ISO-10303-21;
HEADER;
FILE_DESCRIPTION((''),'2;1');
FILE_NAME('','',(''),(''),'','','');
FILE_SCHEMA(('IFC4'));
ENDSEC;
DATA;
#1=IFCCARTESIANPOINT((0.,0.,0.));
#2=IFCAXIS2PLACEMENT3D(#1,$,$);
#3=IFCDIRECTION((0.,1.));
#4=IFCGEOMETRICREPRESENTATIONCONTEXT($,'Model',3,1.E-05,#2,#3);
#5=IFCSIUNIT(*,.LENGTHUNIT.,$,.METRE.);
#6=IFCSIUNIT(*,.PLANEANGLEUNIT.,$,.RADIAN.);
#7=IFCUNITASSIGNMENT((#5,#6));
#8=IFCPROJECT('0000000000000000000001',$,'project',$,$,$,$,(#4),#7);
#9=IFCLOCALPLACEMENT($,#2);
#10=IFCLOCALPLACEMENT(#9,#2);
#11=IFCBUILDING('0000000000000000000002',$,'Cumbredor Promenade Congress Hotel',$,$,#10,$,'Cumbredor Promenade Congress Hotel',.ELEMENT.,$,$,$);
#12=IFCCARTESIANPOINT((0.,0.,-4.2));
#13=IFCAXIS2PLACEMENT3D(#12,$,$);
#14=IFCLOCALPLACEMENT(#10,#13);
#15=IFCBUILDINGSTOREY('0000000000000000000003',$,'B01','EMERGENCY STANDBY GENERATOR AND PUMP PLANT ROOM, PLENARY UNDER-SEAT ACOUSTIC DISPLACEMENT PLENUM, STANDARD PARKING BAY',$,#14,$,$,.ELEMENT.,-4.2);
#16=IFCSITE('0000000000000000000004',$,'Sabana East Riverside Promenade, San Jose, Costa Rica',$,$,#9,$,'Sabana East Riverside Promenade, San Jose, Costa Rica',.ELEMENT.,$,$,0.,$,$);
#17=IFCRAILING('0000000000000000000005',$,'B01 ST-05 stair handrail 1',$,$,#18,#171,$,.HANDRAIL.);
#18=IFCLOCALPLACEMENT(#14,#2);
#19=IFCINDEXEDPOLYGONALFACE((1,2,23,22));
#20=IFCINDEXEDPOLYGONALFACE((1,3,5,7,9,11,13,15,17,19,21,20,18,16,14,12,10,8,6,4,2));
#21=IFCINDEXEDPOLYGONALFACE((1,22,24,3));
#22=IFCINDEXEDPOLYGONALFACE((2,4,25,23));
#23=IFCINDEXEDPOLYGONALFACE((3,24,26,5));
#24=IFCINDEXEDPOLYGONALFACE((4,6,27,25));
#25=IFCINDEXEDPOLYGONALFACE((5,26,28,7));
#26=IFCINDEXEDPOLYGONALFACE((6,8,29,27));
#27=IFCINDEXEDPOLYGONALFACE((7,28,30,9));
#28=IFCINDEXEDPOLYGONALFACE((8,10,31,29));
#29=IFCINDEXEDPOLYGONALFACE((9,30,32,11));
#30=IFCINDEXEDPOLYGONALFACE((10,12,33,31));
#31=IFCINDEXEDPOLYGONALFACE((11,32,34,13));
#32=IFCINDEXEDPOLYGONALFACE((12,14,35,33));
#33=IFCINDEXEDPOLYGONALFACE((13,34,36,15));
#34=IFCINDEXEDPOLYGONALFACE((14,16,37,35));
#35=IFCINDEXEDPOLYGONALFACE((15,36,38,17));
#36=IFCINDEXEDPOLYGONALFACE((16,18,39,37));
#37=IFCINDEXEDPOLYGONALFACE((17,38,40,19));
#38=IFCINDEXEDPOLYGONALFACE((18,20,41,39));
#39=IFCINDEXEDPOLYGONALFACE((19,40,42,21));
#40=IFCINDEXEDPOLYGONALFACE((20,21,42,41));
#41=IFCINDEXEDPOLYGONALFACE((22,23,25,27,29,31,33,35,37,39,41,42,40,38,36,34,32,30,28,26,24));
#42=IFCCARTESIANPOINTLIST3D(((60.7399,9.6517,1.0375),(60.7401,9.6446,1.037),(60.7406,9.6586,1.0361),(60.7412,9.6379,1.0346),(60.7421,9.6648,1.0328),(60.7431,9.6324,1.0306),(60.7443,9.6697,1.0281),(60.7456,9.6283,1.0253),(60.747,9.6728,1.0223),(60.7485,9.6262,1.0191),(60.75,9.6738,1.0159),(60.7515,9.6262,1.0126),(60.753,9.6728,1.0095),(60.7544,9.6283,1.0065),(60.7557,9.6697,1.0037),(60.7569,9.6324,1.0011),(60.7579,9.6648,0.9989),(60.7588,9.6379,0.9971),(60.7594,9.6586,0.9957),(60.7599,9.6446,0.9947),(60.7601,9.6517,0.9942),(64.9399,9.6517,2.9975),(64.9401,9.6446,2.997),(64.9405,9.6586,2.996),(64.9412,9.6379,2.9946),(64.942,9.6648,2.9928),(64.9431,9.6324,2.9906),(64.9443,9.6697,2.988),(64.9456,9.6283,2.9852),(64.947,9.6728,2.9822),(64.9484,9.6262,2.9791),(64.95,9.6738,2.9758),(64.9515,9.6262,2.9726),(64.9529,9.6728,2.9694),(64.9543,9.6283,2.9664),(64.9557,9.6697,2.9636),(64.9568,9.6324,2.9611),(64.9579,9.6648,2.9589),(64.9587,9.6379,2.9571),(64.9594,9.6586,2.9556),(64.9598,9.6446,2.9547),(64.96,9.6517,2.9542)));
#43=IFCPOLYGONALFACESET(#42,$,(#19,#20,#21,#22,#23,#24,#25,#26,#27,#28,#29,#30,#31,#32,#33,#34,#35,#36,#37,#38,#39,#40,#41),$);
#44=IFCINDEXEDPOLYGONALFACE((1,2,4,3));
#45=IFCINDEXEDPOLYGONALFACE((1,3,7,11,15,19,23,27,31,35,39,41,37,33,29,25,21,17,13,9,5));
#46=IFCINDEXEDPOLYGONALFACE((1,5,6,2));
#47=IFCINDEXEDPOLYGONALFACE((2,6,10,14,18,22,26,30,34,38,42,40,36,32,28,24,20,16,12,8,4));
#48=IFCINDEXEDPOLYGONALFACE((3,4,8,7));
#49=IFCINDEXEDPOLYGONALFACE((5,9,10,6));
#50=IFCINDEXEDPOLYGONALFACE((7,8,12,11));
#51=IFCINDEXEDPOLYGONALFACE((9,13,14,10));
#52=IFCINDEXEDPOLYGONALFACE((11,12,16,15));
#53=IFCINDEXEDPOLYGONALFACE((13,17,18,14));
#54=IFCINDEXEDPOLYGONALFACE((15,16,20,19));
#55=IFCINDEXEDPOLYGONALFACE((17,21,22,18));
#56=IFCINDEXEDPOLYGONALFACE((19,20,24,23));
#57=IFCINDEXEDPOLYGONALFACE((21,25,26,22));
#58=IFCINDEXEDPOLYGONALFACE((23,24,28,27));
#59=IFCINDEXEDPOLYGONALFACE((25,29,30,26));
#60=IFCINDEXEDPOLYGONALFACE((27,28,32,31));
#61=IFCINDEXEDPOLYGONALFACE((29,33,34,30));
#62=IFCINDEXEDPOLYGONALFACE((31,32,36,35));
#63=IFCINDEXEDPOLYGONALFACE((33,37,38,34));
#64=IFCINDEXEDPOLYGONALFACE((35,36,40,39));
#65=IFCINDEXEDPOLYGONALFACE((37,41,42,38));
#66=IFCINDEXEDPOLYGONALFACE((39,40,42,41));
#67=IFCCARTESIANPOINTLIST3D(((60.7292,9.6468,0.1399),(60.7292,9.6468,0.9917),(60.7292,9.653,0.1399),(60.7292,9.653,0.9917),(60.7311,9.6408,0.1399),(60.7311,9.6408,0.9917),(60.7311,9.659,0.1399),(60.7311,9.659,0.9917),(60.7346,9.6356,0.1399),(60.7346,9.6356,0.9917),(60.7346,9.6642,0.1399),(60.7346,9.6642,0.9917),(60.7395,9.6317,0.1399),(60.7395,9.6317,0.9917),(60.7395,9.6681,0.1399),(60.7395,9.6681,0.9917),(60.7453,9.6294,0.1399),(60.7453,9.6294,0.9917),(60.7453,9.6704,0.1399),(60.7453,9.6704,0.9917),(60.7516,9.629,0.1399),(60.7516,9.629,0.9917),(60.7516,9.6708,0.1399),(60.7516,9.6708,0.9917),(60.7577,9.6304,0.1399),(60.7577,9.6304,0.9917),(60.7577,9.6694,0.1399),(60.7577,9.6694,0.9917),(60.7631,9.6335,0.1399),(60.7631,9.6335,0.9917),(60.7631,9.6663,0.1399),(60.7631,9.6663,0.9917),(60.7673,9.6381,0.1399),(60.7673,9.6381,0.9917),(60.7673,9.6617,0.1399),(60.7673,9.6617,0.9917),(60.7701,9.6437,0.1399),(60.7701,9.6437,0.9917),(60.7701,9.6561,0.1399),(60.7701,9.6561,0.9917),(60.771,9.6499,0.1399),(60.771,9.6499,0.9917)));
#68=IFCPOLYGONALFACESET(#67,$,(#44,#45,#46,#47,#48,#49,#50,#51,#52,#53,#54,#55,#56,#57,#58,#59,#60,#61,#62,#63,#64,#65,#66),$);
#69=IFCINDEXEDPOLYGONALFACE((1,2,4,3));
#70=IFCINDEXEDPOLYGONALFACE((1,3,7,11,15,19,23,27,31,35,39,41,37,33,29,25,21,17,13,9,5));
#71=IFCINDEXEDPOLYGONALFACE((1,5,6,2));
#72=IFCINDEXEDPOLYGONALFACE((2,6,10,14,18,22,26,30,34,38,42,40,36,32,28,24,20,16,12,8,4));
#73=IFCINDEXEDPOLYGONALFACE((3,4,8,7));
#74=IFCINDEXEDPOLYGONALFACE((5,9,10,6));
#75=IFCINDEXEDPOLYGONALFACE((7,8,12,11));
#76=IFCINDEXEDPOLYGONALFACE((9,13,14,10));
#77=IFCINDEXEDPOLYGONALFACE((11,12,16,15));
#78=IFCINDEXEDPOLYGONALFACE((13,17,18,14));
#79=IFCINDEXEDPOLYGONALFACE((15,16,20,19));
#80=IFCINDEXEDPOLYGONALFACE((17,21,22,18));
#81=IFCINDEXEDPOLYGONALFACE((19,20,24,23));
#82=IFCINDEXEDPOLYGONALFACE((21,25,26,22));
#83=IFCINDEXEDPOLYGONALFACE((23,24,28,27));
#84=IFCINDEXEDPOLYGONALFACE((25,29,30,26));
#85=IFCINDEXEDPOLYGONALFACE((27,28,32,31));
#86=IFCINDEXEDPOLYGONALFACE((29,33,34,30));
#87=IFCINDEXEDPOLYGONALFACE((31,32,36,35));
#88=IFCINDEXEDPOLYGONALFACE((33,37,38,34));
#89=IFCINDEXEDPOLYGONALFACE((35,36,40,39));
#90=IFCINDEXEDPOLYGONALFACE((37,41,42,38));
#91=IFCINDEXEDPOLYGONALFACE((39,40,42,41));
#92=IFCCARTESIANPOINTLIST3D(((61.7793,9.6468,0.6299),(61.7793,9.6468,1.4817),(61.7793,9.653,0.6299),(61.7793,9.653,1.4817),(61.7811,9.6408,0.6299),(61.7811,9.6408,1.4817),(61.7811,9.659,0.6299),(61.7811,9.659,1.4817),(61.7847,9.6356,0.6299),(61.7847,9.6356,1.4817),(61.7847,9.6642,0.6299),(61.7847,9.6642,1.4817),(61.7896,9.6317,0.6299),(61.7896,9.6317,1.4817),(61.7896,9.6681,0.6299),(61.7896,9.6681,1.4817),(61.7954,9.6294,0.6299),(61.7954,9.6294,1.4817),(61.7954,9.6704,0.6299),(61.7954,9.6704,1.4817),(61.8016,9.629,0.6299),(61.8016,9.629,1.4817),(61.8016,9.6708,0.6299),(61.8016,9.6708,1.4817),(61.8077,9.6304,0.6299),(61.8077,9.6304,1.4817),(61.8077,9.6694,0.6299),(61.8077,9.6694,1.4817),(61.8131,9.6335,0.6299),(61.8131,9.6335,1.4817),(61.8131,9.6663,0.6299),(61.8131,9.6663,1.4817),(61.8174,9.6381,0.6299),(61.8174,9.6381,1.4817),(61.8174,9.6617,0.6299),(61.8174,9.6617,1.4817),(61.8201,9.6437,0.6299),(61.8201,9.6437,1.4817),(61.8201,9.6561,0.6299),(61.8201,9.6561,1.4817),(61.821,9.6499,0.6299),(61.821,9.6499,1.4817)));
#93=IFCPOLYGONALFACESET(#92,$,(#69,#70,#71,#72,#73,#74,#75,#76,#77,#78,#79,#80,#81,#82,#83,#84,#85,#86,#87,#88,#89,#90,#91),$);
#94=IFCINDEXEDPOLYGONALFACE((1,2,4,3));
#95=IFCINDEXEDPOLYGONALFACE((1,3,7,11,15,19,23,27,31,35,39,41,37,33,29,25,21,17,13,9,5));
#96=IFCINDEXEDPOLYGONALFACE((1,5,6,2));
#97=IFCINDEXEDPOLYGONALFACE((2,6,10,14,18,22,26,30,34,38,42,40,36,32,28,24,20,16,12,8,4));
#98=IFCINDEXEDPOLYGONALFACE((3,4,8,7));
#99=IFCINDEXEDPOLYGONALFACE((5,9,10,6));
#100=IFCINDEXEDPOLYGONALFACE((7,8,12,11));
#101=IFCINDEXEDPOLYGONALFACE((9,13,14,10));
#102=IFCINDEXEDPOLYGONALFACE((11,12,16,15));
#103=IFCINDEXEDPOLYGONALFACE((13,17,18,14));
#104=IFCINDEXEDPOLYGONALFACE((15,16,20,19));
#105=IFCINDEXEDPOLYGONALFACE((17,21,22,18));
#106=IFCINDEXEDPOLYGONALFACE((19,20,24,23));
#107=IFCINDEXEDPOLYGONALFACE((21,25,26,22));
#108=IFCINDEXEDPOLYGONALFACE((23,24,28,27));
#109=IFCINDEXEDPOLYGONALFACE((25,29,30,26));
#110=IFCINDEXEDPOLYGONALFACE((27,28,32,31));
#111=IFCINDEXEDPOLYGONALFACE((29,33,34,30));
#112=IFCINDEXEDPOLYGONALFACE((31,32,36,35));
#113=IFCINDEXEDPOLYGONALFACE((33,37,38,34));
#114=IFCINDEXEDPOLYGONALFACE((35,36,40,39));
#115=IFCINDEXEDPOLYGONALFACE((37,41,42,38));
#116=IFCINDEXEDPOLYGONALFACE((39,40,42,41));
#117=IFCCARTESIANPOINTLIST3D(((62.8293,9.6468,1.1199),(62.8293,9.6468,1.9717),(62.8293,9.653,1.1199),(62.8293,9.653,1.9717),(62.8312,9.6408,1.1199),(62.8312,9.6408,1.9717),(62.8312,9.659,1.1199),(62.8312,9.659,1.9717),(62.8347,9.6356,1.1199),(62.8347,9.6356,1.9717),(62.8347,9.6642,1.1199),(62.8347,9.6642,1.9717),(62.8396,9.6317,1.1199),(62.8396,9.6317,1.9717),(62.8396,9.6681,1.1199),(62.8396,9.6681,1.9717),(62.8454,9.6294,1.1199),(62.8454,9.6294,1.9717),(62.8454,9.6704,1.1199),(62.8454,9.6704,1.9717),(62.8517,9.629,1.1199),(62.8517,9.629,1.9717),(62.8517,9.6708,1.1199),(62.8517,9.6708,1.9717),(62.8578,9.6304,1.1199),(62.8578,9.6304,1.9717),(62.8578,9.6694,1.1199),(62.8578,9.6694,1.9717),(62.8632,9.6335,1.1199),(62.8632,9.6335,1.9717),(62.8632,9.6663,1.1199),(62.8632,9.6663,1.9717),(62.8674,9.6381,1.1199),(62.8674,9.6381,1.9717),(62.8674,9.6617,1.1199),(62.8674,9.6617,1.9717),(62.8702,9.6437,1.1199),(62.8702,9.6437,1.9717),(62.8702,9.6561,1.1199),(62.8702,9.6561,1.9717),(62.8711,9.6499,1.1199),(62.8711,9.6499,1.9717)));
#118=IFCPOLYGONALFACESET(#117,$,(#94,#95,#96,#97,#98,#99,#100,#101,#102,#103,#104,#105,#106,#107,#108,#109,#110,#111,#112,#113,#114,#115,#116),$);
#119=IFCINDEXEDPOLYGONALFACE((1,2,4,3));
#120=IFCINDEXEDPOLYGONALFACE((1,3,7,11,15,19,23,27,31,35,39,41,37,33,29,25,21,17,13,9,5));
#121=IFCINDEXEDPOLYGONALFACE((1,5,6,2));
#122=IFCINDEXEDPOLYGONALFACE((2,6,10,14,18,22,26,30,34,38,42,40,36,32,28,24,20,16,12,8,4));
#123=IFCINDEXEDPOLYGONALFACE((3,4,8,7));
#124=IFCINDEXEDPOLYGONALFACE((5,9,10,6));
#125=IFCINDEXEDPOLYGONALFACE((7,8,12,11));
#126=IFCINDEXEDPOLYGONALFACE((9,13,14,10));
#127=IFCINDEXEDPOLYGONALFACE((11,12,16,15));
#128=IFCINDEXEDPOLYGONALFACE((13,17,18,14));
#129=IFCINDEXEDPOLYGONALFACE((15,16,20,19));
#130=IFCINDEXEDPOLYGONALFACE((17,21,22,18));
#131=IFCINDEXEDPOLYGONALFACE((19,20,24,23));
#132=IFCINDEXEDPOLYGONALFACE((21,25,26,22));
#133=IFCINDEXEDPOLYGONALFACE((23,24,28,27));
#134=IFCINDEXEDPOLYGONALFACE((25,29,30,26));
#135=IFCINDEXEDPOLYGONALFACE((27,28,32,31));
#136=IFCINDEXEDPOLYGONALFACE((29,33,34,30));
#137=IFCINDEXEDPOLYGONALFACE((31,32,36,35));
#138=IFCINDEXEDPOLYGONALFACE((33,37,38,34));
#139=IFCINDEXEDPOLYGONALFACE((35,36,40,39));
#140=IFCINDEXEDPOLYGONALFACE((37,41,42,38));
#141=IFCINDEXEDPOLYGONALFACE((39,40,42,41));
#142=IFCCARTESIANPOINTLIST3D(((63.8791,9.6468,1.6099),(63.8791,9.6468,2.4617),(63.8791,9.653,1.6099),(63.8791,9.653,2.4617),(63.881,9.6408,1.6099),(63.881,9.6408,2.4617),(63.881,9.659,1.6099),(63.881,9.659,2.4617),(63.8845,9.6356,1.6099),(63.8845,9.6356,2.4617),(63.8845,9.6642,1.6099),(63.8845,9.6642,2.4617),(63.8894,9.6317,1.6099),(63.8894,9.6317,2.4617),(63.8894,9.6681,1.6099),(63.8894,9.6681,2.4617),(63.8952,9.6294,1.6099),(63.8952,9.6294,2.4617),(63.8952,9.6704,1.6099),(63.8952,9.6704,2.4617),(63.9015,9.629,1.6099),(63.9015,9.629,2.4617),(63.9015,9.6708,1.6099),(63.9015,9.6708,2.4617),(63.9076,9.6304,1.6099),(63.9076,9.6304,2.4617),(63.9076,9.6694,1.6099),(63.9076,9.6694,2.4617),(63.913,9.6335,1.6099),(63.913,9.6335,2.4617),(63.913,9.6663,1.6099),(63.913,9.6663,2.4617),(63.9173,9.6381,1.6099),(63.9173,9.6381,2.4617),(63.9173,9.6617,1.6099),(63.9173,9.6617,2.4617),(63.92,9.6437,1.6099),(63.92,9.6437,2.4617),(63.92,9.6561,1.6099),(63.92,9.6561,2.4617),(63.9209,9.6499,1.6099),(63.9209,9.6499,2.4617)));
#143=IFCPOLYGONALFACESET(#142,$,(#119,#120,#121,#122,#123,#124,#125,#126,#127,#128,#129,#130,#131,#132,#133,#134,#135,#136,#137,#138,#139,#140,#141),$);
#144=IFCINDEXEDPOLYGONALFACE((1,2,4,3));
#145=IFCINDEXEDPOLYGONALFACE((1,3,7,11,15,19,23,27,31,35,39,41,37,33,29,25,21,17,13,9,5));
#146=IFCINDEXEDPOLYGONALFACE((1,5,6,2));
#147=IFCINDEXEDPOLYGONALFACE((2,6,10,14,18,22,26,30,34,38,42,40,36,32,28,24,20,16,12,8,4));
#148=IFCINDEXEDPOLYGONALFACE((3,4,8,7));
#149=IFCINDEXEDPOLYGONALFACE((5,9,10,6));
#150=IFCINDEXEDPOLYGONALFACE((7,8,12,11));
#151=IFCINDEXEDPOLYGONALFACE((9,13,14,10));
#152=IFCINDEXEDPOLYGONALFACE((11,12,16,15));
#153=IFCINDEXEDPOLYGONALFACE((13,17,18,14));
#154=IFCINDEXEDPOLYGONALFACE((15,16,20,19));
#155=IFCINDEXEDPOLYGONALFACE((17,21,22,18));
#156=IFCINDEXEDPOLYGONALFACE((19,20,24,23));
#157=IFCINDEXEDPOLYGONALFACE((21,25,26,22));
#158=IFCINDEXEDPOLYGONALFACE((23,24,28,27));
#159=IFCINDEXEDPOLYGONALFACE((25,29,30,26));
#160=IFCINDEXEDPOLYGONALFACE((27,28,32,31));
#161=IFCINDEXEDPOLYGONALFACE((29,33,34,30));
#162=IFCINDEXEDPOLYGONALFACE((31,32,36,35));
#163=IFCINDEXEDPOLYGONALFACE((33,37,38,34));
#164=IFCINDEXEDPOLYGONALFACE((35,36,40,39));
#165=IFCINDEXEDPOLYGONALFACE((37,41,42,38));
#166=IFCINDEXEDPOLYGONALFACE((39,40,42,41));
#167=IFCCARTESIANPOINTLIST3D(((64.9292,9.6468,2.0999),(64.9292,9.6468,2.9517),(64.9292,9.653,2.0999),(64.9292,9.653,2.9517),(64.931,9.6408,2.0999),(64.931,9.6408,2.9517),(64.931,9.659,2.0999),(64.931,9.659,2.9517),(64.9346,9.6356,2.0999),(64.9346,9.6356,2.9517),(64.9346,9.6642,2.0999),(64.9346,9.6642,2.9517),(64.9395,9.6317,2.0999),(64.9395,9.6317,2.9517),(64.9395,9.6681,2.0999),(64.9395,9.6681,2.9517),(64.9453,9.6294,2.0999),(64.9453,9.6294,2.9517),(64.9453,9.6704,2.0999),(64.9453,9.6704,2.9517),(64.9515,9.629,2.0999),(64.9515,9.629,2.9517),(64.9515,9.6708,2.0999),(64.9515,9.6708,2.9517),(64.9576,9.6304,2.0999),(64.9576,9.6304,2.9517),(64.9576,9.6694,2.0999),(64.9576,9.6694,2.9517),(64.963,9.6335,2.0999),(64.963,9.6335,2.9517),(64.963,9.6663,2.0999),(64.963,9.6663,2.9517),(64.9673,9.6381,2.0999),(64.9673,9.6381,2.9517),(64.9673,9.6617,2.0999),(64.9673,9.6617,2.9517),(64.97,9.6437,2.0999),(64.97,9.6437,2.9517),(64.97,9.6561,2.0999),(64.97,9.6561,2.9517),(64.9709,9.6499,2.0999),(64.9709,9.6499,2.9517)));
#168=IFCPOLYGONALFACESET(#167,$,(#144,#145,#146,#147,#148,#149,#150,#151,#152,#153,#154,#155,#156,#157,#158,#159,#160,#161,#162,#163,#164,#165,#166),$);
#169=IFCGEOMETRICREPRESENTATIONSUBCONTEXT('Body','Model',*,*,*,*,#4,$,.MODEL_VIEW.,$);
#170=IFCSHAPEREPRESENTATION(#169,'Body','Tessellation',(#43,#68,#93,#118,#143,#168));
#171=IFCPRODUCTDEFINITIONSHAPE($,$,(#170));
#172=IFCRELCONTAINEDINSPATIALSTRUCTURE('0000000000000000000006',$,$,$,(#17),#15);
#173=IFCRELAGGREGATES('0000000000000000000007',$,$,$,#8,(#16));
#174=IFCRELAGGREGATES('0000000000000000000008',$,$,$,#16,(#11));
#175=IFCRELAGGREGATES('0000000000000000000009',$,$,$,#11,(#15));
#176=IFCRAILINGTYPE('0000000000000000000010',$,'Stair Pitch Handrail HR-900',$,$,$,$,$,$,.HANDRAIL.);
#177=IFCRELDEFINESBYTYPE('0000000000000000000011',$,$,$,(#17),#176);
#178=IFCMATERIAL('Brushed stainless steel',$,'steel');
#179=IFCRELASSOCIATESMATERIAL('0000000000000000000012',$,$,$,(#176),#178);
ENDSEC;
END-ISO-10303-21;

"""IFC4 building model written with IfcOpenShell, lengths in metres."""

from ifc_helpers import new_model, si_unit, direction, frame, origin, origin_2d, place, context, subcontext, project, spatial, circle, extrude, material, type_object, element, save


model = new_model("IFC4")

# Units and contexts
model_context = context("Model", 3, precision=1e-05, world=origin(), true_north=direction((0.0, 1.0)))
body_context = subcontext(model_context, "Body", "Model", "MODEL_VIEW")
ifc_project = project(units=[si_unit("LENGTHUNIT", "METRE"), si_unit("PLANEANGLEUNIT", "RADIAN")], contexts=[model_context])

# Site, building, storey
site_placement = place(None, origin())
site = spatial("IfcSite", under=ifc_project, at=site_placement, Name="Sabana East Riverside Promenade, San Jose, Costa Rica", LongName="Sabana East Riverside Promenade, San Jose, Costa Rica", CompositionType="ELEMENT", RefElevation=0.0)
building_placement = place(site_placement, origin())
building = spatial("IfcBuilding", under=site, at=building_placement, Name="Cumbredor Promenade Congress Hotel", LongName="Cumbredor Promenade Congress Hotel", CompositionType="ELEMENT")
storey_placement = place(building_placement, frame((0.0, 0.0, -4.2)))
storey = spatial("IfcBuildingStorey", under=building, at=storey_placement, Name="B01", Description="EMERGENCY STANDBY GENERATOR AND PUMP PLANT ROOM, PLENARY UNDER-SEAT ACOUSTIC DISPLACEMENT PLENUM, STANDARD PARKING BAY", CompositionType="ELEMENT", Elevation=-4.2)

# Railing
ifc_material_1 = material(Name="Brushed stainless steel", Category="steel")
railing_type_1 = type_object("IfcRailingType", Name="Stair Pitch Handrail HR-900", PredefinedType="HANDRAIL", material=ifc_material_1)
railing_1_placement = place(storey_placement, frame((60.75, 9.6499, 0.1399)))
element("IfcRailing", 1, at=railing_1_placement, inside=storey, type_object=railing_type_1, Name="B01 ST-05 stair handrail 1", PredefinedType="HANDRAIL", context=body_context, shape_type="SweptSolid", body=[
    extrude(circle(Radius=0.0239, at=origin_2d()), frame((0.0, 0.0, 0.876), z_axis=(0.906184, 0.0, 0.422883), x_axis=(0.0, 1.0, 0.0)), (0.0, 0.0, 1.0), 4.6348),
    extrude(circle(Radius=0.021, at=origin_2d()), origin(), (0.0, 0.0, 1.0), 0.8518),
    extrude(circle(Radius=0.021, at=origin_2d()), frame((1.05, 0.0, 0.49)), (0.0, 0.0, 1.0), 0.8518),
    extrude(circle(Radius=0.021, at=origin_2d()), frame((2.1001, 0.0, 0.98)), (0.0, 0.0, 1.0), 0.8518),
    extrude(circle(Radius=0.021, at=origin_2d()), frame((3.1499, 0.0, 1.47)), (0.0, 0.0, 1.0), 0.8518),
    extrude(circle(Radius=0.021, at=origin_2d()), frame((4.2, 0.0, 1.96)), (0.0, 0.0, 1.0), 0.8518),
])

save(model, "model.ifc")
